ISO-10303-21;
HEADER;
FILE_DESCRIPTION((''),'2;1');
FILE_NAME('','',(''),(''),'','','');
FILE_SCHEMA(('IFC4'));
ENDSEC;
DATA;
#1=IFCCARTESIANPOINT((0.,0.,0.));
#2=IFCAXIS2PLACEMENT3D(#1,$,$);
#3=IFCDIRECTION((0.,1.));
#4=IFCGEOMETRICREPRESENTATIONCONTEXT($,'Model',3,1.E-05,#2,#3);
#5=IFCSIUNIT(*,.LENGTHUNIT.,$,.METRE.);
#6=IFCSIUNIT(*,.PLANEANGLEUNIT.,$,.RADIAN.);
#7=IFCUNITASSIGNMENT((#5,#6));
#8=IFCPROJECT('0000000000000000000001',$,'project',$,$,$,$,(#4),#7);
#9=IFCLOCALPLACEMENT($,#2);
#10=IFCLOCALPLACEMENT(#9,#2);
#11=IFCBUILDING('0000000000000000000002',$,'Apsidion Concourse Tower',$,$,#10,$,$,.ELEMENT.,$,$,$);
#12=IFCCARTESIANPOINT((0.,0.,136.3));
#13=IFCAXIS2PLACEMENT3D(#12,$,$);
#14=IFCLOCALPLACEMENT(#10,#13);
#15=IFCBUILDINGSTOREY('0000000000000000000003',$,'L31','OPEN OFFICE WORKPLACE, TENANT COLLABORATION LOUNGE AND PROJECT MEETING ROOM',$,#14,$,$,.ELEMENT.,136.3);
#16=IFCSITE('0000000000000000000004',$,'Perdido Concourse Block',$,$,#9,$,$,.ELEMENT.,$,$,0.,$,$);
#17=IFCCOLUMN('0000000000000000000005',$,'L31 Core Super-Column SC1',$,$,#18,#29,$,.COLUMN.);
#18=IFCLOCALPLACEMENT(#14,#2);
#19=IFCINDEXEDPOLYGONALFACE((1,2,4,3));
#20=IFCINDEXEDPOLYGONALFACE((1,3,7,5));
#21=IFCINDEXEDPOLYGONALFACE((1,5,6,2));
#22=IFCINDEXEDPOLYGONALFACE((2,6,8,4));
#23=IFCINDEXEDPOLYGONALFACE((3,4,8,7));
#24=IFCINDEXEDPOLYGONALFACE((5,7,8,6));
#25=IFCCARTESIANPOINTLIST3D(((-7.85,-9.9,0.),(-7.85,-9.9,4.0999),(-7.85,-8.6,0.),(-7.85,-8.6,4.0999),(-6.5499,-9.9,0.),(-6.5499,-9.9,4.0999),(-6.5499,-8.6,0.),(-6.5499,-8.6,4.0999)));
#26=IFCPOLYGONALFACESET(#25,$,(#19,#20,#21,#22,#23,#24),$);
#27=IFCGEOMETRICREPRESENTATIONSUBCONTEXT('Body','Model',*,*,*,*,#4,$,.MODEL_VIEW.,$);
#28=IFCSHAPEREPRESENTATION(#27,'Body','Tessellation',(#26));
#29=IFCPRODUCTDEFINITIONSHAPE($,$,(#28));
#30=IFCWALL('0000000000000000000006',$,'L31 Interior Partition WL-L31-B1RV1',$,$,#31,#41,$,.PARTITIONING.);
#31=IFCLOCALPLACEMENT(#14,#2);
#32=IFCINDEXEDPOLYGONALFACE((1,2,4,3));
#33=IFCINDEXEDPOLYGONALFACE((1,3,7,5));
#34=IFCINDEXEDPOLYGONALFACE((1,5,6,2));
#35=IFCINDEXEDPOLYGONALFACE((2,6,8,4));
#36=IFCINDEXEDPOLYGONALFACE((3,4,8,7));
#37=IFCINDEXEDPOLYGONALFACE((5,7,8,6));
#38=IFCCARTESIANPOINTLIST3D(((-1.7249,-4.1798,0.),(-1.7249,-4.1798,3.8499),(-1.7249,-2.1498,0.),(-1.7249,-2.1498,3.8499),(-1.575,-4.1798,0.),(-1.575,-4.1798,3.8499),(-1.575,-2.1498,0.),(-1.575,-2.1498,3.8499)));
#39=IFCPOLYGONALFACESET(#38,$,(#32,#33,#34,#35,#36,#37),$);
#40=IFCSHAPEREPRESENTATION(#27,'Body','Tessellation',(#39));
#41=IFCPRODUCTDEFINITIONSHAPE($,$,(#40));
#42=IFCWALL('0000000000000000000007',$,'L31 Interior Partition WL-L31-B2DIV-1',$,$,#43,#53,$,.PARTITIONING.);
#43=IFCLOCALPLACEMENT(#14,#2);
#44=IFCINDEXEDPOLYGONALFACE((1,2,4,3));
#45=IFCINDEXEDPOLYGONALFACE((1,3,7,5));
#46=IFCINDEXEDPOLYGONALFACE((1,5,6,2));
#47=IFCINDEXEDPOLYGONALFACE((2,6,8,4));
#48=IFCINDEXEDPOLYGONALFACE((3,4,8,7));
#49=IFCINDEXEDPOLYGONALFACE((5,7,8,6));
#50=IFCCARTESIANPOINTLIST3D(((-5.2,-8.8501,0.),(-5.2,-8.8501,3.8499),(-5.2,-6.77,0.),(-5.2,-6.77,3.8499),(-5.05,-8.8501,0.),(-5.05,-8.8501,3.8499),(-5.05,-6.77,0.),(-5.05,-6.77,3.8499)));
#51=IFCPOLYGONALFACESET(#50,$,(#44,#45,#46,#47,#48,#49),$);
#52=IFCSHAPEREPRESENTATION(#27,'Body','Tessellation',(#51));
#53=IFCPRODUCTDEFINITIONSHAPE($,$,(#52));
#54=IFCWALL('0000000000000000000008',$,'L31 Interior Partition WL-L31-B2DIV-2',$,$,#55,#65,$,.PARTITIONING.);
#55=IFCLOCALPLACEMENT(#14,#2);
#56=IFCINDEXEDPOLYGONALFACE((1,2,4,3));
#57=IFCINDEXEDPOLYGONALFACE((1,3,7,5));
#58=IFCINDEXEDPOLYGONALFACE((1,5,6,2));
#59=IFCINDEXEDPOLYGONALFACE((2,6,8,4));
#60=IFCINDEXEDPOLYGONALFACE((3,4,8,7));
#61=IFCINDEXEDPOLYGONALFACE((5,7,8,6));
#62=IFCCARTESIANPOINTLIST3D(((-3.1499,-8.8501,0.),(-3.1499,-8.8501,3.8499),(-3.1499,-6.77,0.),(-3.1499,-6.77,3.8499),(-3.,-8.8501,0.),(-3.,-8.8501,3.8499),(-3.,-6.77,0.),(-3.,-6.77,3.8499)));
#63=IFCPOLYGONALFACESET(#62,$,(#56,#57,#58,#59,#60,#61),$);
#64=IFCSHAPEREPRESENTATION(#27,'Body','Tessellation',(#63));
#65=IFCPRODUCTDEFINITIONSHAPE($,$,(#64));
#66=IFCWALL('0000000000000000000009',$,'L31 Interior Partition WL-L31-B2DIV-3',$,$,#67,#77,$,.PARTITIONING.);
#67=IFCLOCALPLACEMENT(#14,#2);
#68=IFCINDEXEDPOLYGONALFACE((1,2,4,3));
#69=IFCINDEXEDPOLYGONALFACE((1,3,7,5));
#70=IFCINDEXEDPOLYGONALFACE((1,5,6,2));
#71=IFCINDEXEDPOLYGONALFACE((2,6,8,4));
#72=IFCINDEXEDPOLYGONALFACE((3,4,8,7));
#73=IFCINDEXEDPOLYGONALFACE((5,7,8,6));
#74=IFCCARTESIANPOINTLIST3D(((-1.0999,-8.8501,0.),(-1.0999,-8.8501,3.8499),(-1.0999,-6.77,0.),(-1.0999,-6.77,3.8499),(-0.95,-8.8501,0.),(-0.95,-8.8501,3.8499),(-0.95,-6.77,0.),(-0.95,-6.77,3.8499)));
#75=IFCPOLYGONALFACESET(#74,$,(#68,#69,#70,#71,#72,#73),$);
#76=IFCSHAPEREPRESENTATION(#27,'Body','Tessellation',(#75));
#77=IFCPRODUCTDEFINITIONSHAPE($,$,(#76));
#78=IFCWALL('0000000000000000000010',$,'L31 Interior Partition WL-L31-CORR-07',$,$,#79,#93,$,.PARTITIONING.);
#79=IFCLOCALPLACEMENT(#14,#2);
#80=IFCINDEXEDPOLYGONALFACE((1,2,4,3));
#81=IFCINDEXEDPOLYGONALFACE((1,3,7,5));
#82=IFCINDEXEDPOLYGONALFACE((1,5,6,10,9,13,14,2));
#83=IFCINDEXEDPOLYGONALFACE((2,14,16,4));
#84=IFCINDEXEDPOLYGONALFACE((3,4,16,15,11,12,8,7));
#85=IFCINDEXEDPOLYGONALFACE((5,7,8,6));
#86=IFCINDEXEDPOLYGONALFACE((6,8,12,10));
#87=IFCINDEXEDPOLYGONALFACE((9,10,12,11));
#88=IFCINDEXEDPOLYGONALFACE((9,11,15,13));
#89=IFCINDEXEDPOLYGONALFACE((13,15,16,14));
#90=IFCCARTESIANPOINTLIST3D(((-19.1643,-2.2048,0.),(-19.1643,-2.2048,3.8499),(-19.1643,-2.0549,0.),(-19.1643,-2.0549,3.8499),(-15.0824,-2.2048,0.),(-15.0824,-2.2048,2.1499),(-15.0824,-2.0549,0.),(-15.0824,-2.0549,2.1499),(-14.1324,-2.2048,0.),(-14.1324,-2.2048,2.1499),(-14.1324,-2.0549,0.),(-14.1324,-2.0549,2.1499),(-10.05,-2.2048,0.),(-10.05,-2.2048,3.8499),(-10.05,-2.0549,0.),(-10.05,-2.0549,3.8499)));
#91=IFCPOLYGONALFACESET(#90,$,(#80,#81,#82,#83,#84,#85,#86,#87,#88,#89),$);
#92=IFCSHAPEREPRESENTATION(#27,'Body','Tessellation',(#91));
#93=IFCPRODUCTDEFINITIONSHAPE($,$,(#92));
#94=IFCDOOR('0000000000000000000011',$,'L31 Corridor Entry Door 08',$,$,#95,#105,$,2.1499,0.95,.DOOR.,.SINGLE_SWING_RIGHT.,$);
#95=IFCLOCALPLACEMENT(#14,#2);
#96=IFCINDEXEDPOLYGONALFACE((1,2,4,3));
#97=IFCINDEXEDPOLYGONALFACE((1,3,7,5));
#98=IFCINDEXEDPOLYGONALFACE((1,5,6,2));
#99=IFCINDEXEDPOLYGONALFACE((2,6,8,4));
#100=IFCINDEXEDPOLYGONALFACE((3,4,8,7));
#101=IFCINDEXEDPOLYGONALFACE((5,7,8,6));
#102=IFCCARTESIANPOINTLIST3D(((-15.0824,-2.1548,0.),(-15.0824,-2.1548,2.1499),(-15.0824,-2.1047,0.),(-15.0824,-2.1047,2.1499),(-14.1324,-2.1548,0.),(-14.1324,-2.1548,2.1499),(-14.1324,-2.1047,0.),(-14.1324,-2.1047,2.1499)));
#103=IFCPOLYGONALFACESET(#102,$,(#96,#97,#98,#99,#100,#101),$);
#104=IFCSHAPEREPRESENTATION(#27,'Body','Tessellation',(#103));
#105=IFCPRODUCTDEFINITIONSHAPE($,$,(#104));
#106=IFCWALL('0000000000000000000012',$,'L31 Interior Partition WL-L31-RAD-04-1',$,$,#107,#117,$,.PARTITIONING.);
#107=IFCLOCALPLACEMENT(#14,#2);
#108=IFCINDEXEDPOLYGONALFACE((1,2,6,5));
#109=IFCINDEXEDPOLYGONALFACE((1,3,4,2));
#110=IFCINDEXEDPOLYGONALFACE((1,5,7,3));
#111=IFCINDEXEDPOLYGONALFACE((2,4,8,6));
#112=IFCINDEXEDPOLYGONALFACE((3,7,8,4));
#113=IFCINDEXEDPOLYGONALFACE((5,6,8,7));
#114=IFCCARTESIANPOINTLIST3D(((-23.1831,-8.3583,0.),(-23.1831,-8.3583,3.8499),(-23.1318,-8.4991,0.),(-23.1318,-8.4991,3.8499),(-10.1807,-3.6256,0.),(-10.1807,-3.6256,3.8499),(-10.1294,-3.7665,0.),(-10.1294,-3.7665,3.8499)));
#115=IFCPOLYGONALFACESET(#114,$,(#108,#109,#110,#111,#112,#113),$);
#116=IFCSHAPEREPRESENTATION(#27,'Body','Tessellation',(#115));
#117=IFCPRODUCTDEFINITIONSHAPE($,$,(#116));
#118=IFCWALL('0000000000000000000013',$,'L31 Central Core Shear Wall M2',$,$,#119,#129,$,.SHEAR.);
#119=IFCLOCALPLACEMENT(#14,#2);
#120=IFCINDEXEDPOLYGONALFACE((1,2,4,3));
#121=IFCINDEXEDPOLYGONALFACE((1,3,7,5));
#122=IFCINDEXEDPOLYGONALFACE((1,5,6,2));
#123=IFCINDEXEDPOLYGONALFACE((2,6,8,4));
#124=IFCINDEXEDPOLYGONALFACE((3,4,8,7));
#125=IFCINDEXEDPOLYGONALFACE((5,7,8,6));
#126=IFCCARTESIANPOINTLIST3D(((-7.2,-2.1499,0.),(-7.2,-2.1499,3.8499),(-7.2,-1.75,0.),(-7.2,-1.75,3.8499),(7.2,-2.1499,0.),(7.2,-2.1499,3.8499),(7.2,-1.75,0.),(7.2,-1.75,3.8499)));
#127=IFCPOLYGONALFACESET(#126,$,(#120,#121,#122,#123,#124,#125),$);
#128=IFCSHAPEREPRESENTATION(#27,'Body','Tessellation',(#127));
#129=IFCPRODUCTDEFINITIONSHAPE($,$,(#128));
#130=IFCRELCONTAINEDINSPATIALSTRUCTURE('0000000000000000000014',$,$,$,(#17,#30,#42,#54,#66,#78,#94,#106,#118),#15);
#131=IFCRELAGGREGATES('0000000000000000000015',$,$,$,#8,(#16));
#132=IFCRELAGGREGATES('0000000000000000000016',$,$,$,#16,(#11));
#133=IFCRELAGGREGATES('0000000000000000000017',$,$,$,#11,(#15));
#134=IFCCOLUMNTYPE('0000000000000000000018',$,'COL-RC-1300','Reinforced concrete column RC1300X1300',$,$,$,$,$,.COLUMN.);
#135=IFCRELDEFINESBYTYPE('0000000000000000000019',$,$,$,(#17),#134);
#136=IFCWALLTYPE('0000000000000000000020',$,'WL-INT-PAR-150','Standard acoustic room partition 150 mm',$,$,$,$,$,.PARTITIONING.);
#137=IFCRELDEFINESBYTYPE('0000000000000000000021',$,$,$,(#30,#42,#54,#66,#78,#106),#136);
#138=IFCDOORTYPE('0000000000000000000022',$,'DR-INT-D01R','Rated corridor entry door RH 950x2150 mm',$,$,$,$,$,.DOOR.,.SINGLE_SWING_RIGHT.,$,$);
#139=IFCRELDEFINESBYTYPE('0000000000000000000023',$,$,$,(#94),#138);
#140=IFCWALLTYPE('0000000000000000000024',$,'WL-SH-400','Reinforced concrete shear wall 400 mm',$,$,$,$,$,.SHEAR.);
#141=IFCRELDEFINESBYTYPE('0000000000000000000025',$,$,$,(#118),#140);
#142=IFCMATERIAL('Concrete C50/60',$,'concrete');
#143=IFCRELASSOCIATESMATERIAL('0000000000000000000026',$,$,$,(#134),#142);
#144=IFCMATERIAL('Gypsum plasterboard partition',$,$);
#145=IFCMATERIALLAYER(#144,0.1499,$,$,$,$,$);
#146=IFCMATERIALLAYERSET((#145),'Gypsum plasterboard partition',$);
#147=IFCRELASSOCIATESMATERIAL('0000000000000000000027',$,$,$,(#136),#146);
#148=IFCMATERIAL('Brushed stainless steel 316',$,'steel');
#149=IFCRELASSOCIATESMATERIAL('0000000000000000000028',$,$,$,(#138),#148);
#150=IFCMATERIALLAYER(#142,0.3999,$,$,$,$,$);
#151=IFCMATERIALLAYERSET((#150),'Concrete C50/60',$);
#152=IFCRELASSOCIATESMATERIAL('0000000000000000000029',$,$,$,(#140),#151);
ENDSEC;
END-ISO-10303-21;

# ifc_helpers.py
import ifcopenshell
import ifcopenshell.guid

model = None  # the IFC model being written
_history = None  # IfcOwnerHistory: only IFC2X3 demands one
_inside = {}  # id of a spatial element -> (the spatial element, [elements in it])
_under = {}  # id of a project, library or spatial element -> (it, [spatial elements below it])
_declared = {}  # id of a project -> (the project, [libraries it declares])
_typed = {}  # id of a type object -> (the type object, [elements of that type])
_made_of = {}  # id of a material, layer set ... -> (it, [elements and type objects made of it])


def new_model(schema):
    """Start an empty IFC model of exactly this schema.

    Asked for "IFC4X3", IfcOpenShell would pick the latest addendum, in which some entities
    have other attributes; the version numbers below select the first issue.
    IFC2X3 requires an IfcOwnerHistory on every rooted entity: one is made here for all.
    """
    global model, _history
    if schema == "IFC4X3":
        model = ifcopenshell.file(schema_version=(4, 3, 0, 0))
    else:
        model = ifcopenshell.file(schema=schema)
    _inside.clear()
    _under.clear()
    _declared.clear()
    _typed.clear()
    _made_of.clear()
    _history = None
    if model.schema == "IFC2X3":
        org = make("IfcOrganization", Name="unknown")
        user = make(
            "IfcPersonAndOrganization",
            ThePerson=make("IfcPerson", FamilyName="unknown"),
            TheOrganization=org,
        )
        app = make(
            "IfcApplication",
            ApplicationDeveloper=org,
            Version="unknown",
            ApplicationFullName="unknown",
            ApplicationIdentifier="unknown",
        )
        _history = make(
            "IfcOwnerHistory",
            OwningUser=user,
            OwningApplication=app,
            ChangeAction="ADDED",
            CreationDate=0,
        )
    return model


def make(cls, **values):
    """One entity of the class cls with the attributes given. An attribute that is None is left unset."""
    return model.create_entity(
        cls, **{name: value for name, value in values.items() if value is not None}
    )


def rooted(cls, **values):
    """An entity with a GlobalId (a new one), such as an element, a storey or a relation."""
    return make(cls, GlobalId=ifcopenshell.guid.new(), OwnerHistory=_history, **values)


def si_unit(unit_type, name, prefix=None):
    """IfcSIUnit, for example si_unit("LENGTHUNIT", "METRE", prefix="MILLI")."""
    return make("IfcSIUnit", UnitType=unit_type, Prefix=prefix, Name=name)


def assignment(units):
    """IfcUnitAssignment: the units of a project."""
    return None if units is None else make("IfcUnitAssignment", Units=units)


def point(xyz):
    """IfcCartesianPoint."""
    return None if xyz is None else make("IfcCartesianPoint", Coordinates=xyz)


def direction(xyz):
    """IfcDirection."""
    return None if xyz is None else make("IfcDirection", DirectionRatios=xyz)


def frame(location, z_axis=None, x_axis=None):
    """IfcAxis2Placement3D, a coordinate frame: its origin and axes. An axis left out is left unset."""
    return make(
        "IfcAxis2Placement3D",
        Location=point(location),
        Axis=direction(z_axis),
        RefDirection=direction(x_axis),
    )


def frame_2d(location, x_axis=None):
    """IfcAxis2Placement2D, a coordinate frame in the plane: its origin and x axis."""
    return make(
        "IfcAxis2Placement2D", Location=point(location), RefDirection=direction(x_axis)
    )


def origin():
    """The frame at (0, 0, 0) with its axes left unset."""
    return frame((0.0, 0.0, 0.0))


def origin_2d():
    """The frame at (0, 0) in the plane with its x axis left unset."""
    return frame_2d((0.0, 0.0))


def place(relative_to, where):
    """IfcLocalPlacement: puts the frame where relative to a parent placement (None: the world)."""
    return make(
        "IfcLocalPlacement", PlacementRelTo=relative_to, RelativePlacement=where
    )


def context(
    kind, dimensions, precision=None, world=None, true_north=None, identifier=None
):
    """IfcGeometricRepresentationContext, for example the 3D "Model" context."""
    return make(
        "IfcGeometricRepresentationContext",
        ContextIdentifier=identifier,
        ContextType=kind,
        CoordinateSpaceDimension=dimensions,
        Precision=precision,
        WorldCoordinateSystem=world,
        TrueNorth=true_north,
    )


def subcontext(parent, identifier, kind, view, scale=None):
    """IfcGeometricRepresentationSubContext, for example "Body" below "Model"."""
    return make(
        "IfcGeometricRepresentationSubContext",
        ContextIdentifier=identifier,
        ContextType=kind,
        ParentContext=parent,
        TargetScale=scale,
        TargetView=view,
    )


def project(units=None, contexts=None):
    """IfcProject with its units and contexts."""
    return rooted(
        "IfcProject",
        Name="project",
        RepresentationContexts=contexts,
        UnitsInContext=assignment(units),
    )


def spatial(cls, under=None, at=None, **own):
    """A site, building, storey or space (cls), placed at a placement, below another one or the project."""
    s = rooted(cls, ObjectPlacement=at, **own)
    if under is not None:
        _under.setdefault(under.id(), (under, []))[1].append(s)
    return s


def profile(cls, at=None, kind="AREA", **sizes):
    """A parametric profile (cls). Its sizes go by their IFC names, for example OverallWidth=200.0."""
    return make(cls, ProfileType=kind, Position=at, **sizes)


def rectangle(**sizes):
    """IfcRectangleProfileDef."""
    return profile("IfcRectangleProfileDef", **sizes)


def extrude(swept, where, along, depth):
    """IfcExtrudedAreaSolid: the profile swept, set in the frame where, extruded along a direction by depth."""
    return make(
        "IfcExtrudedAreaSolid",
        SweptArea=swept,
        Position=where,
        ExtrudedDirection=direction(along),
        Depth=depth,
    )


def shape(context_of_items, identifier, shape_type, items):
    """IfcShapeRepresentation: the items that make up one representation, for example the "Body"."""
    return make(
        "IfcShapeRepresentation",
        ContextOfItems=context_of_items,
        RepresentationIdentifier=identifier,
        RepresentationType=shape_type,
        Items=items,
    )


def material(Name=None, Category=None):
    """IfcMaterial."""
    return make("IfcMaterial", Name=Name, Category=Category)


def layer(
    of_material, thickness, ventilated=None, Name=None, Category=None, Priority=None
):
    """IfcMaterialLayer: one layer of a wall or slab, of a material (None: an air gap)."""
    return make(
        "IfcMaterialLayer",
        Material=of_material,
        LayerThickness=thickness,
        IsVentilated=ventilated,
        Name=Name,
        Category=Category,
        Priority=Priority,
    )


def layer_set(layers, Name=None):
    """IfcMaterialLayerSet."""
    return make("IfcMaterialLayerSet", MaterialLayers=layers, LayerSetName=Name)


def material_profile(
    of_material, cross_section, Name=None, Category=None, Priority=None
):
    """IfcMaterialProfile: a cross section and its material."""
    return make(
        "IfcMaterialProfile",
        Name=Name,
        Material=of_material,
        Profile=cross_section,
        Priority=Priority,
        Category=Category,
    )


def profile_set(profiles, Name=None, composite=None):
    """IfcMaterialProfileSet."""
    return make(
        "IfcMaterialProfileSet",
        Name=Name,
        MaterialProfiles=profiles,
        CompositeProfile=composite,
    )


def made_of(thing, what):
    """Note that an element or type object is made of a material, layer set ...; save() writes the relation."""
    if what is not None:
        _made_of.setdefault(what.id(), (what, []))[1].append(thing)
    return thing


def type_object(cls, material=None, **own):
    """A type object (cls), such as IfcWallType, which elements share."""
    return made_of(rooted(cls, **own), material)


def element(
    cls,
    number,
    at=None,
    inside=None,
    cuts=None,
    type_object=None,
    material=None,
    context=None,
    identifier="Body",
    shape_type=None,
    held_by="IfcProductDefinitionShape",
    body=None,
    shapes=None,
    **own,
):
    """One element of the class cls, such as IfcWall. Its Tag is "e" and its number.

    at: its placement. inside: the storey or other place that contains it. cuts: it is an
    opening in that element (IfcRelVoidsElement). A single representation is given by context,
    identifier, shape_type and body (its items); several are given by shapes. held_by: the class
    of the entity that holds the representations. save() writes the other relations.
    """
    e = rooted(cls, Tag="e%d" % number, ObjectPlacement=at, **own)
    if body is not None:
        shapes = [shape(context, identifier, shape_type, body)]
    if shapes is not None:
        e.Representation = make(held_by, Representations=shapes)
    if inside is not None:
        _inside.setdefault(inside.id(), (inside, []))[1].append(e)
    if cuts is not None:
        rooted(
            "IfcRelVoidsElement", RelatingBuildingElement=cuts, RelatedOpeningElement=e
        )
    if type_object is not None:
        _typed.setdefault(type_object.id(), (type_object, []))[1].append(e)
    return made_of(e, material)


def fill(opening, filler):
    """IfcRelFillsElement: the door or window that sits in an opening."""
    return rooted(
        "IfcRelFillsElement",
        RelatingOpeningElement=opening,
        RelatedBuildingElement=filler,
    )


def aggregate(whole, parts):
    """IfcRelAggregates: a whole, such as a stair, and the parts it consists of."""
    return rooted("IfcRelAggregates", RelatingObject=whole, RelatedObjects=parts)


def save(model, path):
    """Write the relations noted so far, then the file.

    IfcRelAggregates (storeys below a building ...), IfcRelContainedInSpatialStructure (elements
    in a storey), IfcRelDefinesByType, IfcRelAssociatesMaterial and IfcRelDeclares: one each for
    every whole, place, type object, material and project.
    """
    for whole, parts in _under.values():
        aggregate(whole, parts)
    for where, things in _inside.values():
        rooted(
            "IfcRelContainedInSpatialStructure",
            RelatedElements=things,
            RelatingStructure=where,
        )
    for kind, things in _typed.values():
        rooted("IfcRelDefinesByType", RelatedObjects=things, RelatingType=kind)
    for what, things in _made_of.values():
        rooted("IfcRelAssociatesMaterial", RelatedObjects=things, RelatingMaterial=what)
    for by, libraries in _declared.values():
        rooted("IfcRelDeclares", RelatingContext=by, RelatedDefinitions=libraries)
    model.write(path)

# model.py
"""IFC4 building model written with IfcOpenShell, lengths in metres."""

from ifc_helpers import new_model, si_unit, direction, frame, frame_2d, origin, origin_2d, place, context, subcontext, project, spatial, rectangle, extrude, material, layer, layer_set, material_profile, profile_set, type_object, element, fill, save


model = new_model("IFC4")

# Units and contexts
model_context = context("Model", 3, precision=1e-05, world=origin(), true_north=direction((0.0, 1.0)))
body_context = subcontext(model_context, "Body", "Model", "MODEL_VIEW")
ifc_project = project(units=[si_unit("LENGTHUNIT", "METRE"), si_unit("PLANEANGLEUNIT", "RADIAN")], contexts=[model_context])

# Site, building, storey
site_placement = place(None, origin())
site = spatial("IfcSite", under=ifc_project, at=site_placement, Name="Perdido Concourse Block", CompositionType="ELEMENT", RefElevation=0.0)
building_placement = place(site_placement, origin())
building = spatial("IfcBuilding", under=site, at=building_placement, Name="Apsidion Concourse Tower", CompositionType="ELEMENT")
storey_placement = place(building_placement, frame((0.0, 0.0, 136.3)))
storey = spatial("IfcBuildingStorey", under=building, at=storey_placement, Name="L31", Description="OPEN OFFICE WORKPLACE, TENANT COLLABORATION LOUNGE AND PROJECT MEETING ROOM", CompositionType="ELEMENT", Elevation=136.3)

# Column
ifc_material_1 = material(Name="Concrete C50/60", Category="concrete")
ifc_material_profile = material_profile(ifc_material_1, rectangle(XDim=1.3, YDim=1.3, at=origin_2d()), Name="RC 1300x1300")
ifc_profile_set = profile_set([ifc_material_profile], Name="Concrete C50/60")
column_type = type_object("IfcColumnType", Name="COL-RC-1300", Description="Reinforced concrete column RC1300X1300", PredefinedType="COLUMN", material=ifc_profile_set)
column_placement = place(storey_placement, frame((-7.2, -9.25, 0.0), z_axis=(0.0, 0.0, 1.0), x_axis=(1.0, 0.0, 0.0)))
element("IfcColumn", 1, at=column_placement, inside=storey, type_object=column_type, Name="L31 Core Super-Column SC1", PredefinedType="COLUMN", context=body_context, shape_type="SweptSolid", body=[
    extrude(rectangle(XDim=1.3, YDim=1.3, at=origin_2d()), origin(), (0.0, 0.0, 1.0), 4.0999),
])

# Walls
ifc_material_2 = material(Name="Gypsum plasterboard partition")
ifc_layer_1 = layer(ifc_material_2, 0.1499)
ifc_layer_set_1 = layer_set([ifc_layer_1], Name="Gypsum plasterboard partition")
wall_type_1 = type_object("IfcWallType", Name="WL-INT-PAR-150", Description="Standard acoustic room partition 150 mm", PredefinedType="PARTITIONING", material=ifc_layer_set_1)
wall_1_placement = place(storey_placement, frame((-1.6499, -4.1799, 0.0), z_axis=(0.0, 0.0, 1.0), x_axis=(0.0, 1.0, 0.0)))
element("IfcWall", 2, at=wall_1_placement, inside=storey, type_object=wall_type_1, Name="L31 Interior Partition WL-L31-B1RV1", PredefinedType="PARTITIONING", context=body_context, shape_type="SweptSolid", body=[
    extrude(rectangle(XDim=2.03, YDim=0.1499, at=frame_2d((1.0151, 0.0))), origin(), (0.0, 0.0, 1.0), 3.8499),
])
for number, where, z_axis, x_axis, name in (
    (3, (-5.125, -8.8501, 0.0), (0.0, 0.0, 1.0), (0.0, 1.0, 0.0), "L31 Interior Partition WL-L31-B2DIV-1"),
    (4, (-3.075, -8.8501, 0.0), (0.0, 0.0, 1.0), (0.0, 1.0, 0.0), "L31 Interior Partition WL-L31-B2DIV-2"),
    (5, (-1.0249, -8.8501, 0.0), (0.0, 0.0, 1.0), (0.0, 1.0, 0.0), "L31 Interior Partition WL-L31-B2DIV-3"),
):
    element("IfcWall", number, at=place(storey_placement, frame(where, z_axis=z_axis, x_axis=x_axis)), inside=storey, type_object=wall_type_1, Name=name, PredefinedType="PARTITIONING", context=body_context, shape_type="SweptSolid", body=[
        extrude(rectangle(XDim=2.0801, YDim=0.1499, at=frame_2d((1.04, 0.0))), origin(), (0.0, 0.0, 1.0), 3.8499),
    ])

# Wall, opening, door
wall_2_placement = place(storey_placement, frame((-10.05, -2.1299, 0.0), z_axis=(0.0, 0.0, 1.0), x_axis=(-1.0, 0.0, 0.0)))
wall_2 = element("IfcWall", 6, at=wall_2_placement, inside=storey, type_object=wall_type_1, Name="L31 Interior Partition WL-L31-CORR-07", PredefinedType="PARTITIONING", context=body_context, shape_type="SweptSolid", body=[
    extrude(rectangle(XDim=9.1143, YDim=0.1499, at=frame_2d((4.5571, 0.0))), origin(), (0.0, 0.0, 1.0), 3.8499),
])
opening_1_placement = place(wall_2_placement, frame((4.0823, 0.0, 0.0)))
opening_1 = element("IfcOpeningElement", 7, at=opening_1_placement, cuts=wall_2, PredefinedType="OPENING", context=body_context, shape_type="SweptSolid", body=[
    extrude(rectangle(XDim=0.95, YDim=2.1499, at=frame_2d((0.4751, 1.075))), frame((0.0, 0.085, 0.0), z_axis=(0.0, -1.0, 0.0), x_axis=(1.0, 0.0, 0.0)), (0.0, 0.0, 1.0), 0.1699),
])
ifc_material_3 = material(Name="Brushed stainless steel 316", Category="steel")
door_type_1 = type_object("IfcDoorType", Name="DR-INT-D01R", Description="Rated corridor entry door RH 950x2150 mm", OperationType="SINGLE_SWING_RIGHT", PredefinedType="DOOR", material=ifc_material_3)
door_1_placement = place(opening_1_placement, origin())
door_1 = element("IfcDoor", 8, at=door_1_placement, inside=storey, type_object=door_type_1, Name="L31 Corridor Entry Door 08", OperationType="SINGLE_SWING_RIGHT", OverallHeight=2.1499, OverallWidth=0.95, PredefinedType="DOOR", context=body_context, shape_type="SweptSolid", body=[
    extrude(rectangle(XDim=0.95, YDim=2.1499, at=frame_2d((0.4751, 1.075))), frame((0.0, 0.0249, 0.0), z_axis=(0.0, -1.0, 0.0), x_axis=(1.0, 0.0, 0.0)), (0.0, 0.0, 1.0), 0.05),
])
fill(opening_1, door_1)

# Wall
wall_3_placement = place(storey_placement, frame((-10.155, -3.696, 0.0), z_axis=(0.0, 0.0, 1.0), x_axis=(-0.939689, -0.342031, 0.0)))
element("IfcWall", 9, at=wall_3_placement, inside=storey, type_object=wall_type_1, Name="L31 Interior Partition WL-L31-RAD-04-1", PredefinedType="PARTITIONING", context=body_context, shape_type="SweptSolid", body=[
    extrude(rectangle(XDim=13.8369, YDim=0.1499, at=frame_2d((6.9185, 0.0))), origin(), (0.0, 0.0, 1.0), 3.8499),
])

# Wall
ifc_layer_2 = layer(ifc_material_1, 0.3999)
ifc_layer_set_2 = layer_set([ifc_layer_2], Name="Concrete C50/60")
wall_type_2 = type_object("IfcWallType", Name="WL-SH-400", Description="Reinforced concrete shear wall 400 mm", PredefinedType="SHEAR", material=ifc_layer_set_2)
wall_4_placement = place(storey_placement, frame((-7.2, -1.95, 0.0), z_axis=(0.0, 0.0, 1.0), x_axis=(1.0, 0.0, 0.0)))
element("IfcWall", 10, at=wall_4_placement, inside=storey, type_object=wall_type_2, Name="L31 Central Core Shear Wall M2", PredefinedType="SHEAR", context=body_context, shape_type="SweptSolid", body=[
    extrude(rectangle(XDim=14.3999, YDim=0.3999, at=frame_2d((7.2, 0.0))), origin(), (0.0, 0.0, 1.0), 3.8499),
])

save(model, "model.ifc")
